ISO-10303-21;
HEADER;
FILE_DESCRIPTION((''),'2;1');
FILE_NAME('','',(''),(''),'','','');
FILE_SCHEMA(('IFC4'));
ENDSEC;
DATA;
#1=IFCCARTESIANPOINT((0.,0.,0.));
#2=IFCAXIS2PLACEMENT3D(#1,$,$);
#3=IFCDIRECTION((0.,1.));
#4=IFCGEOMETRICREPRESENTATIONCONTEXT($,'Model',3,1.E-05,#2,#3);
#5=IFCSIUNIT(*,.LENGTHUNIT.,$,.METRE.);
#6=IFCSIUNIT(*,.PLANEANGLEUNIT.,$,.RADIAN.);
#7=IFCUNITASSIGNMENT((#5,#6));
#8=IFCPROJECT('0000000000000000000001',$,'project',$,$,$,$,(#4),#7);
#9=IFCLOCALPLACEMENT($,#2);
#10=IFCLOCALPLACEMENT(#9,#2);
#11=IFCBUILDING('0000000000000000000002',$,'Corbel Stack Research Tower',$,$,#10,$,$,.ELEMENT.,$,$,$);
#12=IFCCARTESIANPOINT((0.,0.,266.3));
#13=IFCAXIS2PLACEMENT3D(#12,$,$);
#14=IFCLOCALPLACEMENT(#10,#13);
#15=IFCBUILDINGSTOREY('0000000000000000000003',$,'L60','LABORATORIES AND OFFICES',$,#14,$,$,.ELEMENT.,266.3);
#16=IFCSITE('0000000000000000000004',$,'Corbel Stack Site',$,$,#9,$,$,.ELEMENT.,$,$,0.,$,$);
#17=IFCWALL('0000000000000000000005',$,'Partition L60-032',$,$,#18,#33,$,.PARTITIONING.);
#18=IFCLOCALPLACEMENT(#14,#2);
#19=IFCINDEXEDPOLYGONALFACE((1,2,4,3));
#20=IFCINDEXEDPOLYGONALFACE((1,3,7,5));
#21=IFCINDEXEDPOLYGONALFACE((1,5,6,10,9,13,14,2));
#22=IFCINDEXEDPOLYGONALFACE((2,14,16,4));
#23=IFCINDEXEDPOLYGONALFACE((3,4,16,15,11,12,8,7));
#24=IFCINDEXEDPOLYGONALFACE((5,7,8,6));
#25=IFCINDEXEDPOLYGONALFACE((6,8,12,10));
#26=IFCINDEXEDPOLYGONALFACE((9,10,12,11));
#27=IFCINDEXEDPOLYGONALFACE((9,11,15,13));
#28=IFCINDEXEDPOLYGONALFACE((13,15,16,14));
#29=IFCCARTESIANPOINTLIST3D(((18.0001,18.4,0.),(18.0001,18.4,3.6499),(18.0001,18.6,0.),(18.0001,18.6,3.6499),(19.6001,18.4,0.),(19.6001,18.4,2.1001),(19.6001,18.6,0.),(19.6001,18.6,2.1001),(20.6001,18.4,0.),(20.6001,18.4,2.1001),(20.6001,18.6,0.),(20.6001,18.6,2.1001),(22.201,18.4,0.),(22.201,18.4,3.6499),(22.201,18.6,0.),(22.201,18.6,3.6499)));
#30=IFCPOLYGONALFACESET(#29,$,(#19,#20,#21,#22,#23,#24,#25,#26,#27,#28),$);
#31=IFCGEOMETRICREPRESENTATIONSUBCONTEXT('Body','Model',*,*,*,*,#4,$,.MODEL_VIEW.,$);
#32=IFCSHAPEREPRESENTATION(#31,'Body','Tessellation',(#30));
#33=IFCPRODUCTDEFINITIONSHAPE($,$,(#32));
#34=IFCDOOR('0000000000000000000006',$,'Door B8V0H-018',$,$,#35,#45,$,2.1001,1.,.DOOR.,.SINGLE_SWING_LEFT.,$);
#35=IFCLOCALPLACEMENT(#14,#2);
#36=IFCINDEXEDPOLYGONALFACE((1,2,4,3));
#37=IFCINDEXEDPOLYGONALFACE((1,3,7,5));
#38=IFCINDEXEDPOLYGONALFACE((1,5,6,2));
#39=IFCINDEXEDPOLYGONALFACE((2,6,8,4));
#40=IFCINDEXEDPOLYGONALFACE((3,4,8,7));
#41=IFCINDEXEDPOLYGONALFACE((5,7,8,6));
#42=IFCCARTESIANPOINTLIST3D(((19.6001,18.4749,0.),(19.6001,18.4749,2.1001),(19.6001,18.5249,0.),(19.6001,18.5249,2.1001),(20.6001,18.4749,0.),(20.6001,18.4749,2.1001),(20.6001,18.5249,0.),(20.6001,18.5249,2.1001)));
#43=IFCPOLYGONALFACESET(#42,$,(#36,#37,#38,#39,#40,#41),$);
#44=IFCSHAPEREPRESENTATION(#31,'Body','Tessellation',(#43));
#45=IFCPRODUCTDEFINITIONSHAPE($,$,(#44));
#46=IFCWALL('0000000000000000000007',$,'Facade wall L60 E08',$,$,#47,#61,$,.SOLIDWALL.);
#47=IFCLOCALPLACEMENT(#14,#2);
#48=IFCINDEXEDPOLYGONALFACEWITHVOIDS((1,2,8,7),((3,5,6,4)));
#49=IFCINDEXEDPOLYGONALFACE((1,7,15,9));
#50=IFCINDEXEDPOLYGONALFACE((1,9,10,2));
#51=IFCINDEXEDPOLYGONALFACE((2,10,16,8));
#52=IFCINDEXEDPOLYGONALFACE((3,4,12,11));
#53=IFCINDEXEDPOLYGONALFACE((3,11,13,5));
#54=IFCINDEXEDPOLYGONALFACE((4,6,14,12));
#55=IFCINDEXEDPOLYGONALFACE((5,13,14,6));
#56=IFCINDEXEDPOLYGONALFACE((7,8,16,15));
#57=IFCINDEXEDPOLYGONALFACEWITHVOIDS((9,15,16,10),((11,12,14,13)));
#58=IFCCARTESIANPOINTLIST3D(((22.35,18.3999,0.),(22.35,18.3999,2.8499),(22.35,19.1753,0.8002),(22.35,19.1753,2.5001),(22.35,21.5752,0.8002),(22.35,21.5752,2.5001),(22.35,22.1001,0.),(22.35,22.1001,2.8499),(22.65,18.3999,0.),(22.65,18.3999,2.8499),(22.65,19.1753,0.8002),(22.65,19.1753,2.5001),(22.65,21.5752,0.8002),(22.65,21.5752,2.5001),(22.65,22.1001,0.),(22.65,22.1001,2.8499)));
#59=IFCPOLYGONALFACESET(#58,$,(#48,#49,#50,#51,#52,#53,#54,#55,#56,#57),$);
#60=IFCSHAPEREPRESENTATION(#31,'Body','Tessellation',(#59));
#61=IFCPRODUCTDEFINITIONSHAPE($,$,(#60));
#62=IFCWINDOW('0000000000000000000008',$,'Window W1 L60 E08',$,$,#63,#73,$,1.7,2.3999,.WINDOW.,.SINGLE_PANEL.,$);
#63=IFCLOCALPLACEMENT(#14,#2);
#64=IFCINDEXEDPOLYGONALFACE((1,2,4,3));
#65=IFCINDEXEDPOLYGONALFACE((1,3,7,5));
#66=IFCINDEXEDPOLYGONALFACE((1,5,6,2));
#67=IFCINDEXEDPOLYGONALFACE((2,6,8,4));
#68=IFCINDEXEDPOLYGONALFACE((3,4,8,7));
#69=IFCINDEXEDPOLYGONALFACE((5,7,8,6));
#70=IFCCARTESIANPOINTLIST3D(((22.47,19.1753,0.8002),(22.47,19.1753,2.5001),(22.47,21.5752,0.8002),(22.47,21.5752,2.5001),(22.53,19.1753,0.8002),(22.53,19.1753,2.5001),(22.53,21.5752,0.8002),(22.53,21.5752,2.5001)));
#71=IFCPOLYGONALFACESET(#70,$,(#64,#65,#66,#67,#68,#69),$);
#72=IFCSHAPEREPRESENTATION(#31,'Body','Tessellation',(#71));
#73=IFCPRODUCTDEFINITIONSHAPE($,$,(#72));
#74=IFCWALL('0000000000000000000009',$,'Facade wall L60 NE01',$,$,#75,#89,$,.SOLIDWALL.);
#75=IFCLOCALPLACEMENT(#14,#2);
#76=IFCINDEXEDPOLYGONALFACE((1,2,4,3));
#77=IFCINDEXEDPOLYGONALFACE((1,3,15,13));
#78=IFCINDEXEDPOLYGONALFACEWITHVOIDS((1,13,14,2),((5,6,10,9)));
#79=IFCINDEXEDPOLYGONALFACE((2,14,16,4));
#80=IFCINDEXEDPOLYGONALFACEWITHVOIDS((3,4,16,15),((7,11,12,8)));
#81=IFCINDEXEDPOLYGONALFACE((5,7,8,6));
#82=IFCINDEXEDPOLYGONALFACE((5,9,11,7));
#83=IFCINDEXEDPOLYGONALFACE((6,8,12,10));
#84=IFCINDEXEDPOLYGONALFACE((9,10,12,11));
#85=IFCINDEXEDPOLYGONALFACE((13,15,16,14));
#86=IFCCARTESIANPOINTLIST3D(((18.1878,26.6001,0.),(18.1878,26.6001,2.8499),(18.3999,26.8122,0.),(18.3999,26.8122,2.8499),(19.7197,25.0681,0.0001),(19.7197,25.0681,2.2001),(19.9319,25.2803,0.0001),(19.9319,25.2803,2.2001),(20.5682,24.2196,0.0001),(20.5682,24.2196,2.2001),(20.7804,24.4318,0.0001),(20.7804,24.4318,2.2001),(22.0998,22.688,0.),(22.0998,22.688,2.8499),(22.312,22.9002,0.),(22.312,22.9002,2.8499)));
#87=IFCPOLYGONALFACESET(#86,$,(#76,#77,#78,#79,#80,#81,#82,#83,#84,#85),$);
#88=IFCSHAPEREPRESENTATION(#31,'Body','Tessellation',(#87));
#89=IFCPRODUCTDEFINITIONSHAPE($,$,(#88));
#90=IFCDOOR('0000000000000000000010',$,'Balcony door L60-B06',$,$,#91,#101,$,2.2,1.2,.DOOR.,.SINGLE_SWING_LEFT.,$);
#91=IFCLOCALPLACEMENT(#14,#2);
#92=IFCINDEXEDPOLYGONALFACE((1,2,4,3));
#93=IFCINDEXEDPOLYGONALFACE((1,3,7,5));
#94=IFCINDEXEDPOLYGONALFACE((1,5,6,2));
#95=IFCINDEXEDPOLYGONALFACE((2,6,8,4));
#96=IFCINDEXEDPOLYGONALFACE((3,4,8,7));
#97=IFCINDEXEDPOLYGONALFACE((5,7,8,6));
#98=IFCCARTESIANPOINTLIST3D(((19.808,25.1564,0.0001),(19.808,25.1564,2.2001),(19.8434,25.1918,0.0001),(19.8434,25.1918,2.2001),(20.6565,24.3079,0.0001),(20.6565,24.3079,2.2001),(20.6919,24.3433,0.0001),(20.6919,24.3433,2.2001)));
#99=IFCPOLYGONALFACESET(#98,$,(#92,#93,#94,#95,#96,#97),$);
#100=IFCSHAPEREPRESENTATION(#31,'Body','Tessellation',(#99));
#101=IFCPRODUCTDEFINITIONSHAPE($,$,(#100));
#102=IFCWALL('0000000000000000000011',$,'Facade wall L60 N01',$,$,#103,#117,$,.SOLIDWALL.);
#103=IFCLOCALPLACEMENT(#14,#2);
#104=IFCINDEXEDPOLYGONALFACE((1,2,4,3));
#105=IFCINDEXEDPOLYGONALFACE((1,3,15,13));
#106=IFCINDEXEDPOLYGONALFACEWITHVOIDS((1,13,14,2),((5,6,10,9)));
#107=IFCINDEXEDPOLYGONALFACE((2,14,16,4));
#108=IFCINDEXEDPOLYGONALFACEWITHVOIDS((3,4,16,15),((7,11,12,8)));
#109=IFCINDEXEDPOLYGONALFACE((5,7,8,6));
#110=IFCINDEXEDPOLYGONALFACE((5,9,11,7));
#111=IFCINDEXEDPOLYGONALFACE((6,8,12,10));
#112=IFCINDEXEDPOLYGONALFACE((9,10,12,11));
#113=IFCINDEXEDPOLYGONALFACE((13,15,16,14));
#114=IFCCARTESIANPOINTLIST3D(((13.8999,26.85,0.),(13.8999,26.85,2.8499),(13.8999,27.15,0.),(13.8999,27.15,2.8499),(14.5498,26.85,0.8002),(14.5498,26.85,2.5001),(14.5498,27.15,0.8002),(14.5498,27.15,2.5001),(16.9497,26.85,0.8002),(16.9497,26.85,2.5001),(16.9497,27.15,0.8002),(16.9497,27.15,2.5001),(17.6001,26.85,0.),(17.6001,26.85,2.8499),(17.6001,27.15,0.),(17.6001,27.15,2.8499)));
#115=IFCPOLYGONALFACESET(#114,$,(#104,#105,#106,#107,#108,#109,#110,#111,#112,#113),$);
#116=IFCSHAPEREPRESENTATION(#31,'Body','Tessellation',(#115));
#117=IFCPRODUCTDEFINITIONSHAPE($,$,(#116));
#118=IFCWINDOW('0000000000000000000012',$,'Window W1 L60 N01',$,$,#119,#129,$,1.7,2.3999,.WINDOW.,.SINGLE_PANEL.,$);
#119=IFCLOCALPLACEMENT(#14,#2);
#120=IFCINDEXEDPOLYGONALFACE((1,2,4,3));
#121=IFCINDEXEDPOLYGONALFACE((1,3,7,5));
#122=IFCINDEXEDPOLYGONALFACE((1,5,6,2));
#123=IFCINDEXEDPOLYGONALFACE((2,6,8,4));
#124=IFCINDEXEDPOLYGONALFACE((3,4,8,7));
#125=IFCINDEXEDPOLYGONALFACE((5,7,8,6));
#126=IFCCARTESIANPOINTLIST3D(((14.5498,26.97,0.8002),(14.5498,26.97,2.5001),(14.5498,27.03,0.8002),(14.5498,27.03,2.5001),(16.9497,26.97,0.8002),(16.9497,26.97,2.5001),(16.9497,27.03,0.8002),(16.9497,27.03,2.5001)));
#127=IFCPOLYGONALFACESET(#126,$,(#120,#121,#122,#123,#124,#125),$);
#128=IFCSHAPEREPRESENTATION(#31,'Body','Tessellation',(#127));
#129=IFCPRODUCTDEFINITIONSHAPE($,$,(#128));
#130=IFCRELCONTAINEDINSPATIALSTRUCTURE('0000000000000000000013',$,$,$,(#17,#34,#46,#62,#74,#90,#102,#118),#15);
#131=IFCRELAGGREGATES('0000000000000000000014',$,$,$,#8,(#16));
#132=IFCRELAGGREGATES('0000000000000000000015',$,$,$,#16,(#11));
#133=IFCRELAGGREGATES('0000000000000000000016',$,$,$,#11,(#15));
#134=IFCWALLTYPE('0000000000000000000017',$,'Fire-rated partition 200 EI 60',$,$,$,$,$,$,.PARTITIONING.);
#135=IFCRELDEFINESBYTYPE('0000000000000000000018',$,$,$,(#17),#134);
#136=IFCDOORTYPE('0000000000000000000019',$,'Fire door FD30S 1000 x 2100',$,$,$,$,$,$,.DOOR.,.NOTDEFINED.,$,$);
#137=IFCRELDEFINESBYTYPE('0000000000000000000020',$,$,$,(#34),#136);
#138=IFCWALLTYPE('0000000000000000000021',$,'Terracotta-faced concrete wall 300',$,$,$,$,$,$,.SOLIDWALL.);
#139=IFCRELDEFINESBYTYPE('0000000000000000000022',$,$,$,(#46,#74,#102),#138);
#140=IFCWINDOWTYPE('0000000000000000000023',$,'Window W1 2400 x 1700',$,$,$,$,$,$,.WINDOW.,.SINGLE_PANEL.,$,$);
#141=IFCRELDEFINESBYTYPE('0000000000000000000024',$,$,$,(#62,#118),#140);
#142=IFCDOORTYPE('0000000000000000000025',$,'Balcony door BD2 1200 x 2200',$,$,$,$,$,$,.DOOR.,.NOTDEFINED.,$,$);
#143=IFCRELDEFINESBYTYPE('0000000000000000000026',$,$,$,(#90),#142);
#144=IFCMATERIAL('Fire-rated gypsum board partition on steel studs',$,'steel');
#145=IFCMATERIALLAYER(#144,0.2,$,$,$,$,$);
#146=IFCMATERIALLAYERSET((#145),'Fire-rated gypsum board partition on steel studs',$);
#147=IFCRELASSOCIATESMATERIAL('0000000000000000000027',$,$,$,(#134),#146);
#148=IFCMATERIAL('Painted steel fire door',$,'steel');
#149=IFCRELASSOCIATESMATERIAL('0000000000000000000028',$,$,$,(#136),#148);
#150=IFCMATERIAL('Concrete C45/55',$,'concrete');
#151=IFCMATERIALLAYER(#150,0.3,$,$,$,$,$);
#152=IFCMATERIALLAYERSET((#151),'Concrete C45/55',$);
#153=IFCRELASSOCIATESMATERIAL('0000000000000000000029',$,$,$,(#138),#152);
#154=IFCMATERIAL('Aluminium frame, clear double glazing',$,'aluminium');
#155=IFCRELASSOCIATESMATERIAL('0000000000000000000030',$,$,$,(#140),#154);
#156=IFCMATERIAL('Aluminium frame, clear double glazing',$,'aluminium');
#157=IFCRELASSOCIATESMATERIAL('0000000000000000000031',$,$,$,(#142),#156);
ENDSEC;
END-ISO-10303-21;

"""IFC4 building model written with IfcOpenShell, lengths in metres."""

from ifc_helpers import new_model, si_unit, direction, frame, frame_2d, origin, place, context, subcontext, project, spatial, rectangle, extrude, material, layer, layer_set, type_object, element, fill, save


model = new_model("IFC4")

# Units and contexts
model_context = context("Model", 3, precision=1e-05, world=origin(), true_north=direction((0.0, 1.0)))
body_context = subcontext(model_context, "Body", "Model", "MODEL_VIEW")
ifc_project = project(units=[si_unit("LENGTHUNIT", "METRE"), si_unit("PLANEANGLEUNIT", "RADIAN")], contexts=[model_context])

# Site, building, storey
site_placement = place(None, origin())
site = spatial("IfcSite", under=ifc_project, at=site_placement, Name="Corbel Stack Site", CompositionType="ELEMENT", RefElevation=0.0)
building_placement = place(site_placement, origin())
building = spatial("IfcBuilding", under=site, at=building_placement, Name="Corbel Stack Research Tower", CompositionType="ELEMENT")
storey_placement = place(building_placement, frame((0.0, 0.0, 266.3)))
storey = spatial("IfcBuildingStorey", under=building, at=storey_placement, Name="L60", Description="LABORATORIES AND OFFICES", CompositionType="ELEMENT", Elevation=266.3)

# Shared definitions
ifc_material_1 = material(Name="Fire-rated gypsum board partition on steel studs", Category="steel")
ifc_layer_1 = layer(ifc_material_1, 0.2)
ifc_layer_set_1 = layer_set([ifc_layer_1], Name="Fire-rated gypsum board partition on steel studs")
wall_type_1 = type_object("IfcWallType", Name="Fire-rated partition 200 EI 60", PredefinedType="PARTITIONING", material=ifc_layer_set_1)

# Wall, opening, door
wall_1_placement = place(storey_placement, frame((18.0, 18.5, 0.0), z_axis=(0.0, 0.0, 1.0), x_axis=(1.0, 0.0, 0.0)))
wall_1 = element("IfcWall", 1, at=wall_1_placement, inside=storey, type_object=wall_type_1, Name="Partition L60-032", PredefinedType="PARTITIONING", context=body_context, shape_type="SweptSolid", body=[
    extrude(rectangle(XDim=4.2009, YDim=0.2, at=frame_2d((2.1006, 0.0))), origin(), (0.0, 0.0, 1.0), 3.6499),
])
opening_1_placement = place(wall_1_placement, frame((1.6001, 0.0, 0.0)))
opening_1 = element("IfcOpeningElement", 2, at=opening_1_placement, cuts=wall_1, PredefinedType="OPENING", context=body_context, shape_type="SweptSolid", body=[
    extrude(rectangle(XDim=1.0, YDim=2.1001, at=frame_2d((0.5, 1.05))), frame((0.0, 0.1099, 0.0), z_axis=(0.0, -1.0, 0.0), x_axis=(1.0, 0.0, 0.0)), (0.0, 0.0, 1.0), 0.22),
])
ifc_material_2 = material(Name="Painted steel fire door", Category="steel")
door_type_1 = type_object("IfcDoorType", Name="Fire door FD30S 1000 x 2100", OperationType="NOTDEFINED", PredefinedType="DOOR", material=ifc_material_2)
door_1_placement = place(opening_1_placement, origin())
door_1 = element("IfcDoor", 3, at=door_1_placement, inside=storey, type_object=door_type_1, Name="Door B8V0H-018", OperationType="SINGLE_SWING_LEFT", OverallHeight=2.1001, OverallWidth=1.0, PredefinedType="DOOR", context=body_context, shape_type="SweptSolid", body=[
    extrude(rectangle(XDim=1.0, YDim=2.1001, at=frame_2d((0.5, 1.05))), frame((0.0, 0.0249, 0.0), z_axis=(0.0, -1.0, 0.0), x_axis=(1.0, 0.0, 0.0)), (0.0, 0.0, 1.0), 0.05),
])
fill(opening_1, door_1)

# Wall, opening, window
ifc_material_3 = material(Name="Concrete C45/55", Category="concrete")
ifc_layer_2 = layer(ifc_material_3, 0.3)
ifc_layer_set_2 = layer_set([ifc_layer_2], Name="Concrete C45/55")
wall_type_2 = type_object("IfcWallType", Name="Terracotta-faced concrete wall 300", PredefinedType="SOLIDWALL", material=ifc_layer_set_2)
wall_2_placement = place(storey_placement, frame((22.5, 22.1001, 0.0), z_axis=(0.0, 0.0, 1.0), x_axis=(0.0, -1.0, 0.0)))
wall_2 = element("IfcWall", 4, at=wall_2_placement, inside=storey, type_object=wall_type_2, Name="Facade wall L60 E08", PredefinedType="SOLIDWALL", context=body_context, shape_type="SweptSolid", body=[
    extrude(rectangle(XDim=3.7002, YDim=0.3, at=frame_2d((1.8501, 0.0))), origin(), (0.0, 0.0, 1.0), 2.8499),
])
opening_2_placement = place(wall_2_placement, frame((0.5249, 0.0, 0.8)))
opening_2 = element("IfcOpeningElement", 5, at=opening_2_placement, cuts=wall_2, PredefinedType="OPENING", context=body_context, shape_type="SweptSolid", body=[
    extrude(rectangle(XDim=2.3999, YDim=1.7, at=frame_2d((1.2, 0.8501))), frame((0.0, 0.1599, 0.0), z_axis=(0.0, -1.0, 0.0), x_axis=(1.0, 0.0, 0.0)), (0.0, 0.0, 1.0), 0.3201),
])
ifc_material_4 = material(Name="Aluminium frame, clear double glazing", Category="aluminium")
window_type = type_object("IfcWindowType", Name="Window W1 2400 x 1700", PartitioningType="SINGLE_PANEL", PredefinedType="WINDOW", material=ifc_material_4)
window_1_placement = place(opening_2_placement, origin())
window_1 = element("IfcWindow", 6, at=window_1_placement, inside=storey, type_object=window_type, Name="Window W1 L60 E08", OverallHeight=1.7, OverallWidth=2.3999, PartitioningType="SINGLE_PANEL", PredefinedType="WINDOW", context=body_context, shape_type="SweptSolid", body=[
    extrude(rectangle(XDim=2.3999, YDim=1.7, at=frame_2d((1.2, 0.8501))), frame((0.0, 0.03, 0.0), z_axis=(0.0, -1.0, 0.0), x_axis=(1.0, 0.0, 0.0)), (0.0, 0.0, 1.0), 0.0601),
])
fill(opening_2, window_1)

# Wall, opening, door
wall_3_placement = place(storey_placement, frame((18.2939, 26.7061, 0.0), z_axis=(0.0, 0.0, 1.0), x_axis=(0.707107, -0.707107, 0.0)))
wall_3 = element("IfcWall", 7, at=wall_3_placement, inside=storey, type_object=wall_type_2, Name="Facade wall L60 NE01", PredefinedType="SOLIDWALL", context=body_context, shape_type="SweptSolid", body=[
    extrude(rectangle(XDim=5.5325, YDim=0.3, at=frame_2d((2.7661, 0.0))), origin(), (0.0, 0.0, 1.0), 2.8499),
])
opening_3_placement = place(wall_3_placement, frame((2.1663, 0.0, 0.0)))
opening_3 = element("IfcOpeningElement", 8, at=opening_3_placement, cuts=wall_3, PredefinedType="OPENING", context=body_context, shape_type="SweptSolid", body=[
    extrude(rectangle(XDim=1.2, YDim=2.2, at=frame_2d((0.6001, 1.1001))), frame((0.0, 0.1599, 0.0), z_axis=(0.0, -1.0, 0.0), x_axis=(1.0, 0.0, 0.0)), (0.0, 0.0, 1.0), 0.3201),
])
ifc_material_5 = material(Name="Aluminium frame, clear double glazing", Category="aluminium")
door_type_2 = type_object("IfcDoorType", Name="Balcony door BD2 1200 x 2200", OperationType="NOTDEFINED", PredefinedType="DOOR", material=ifc_material_5)
door_2_placement = place(opening_3_placement, origin())
door_2 = element("IfcDoor", 9, at=door_2_placement, inside=storey, type_object=door_type_2, Name="Balcony door L60-B06", OperationType="SINGLE_SWING_LEFT", OverallHeight=2.2, OverallWidth=1.2, PredefinedType="DOOR", context=body_context, shape_type="SweptSolid", body=[
    extrude(rectangle(XDim=1.2, YDim=2.2, at=frame_2d((0.6001, 1.1001))), frame((0.0, 0.0249, 0.0), z_axis=(0.0, -1.0, 0.0), x_axis=(1.0, 0.0, 0.0)), (0.0, 0.0, 1.0), 0.05),
])
fill(opening_3, door_2)

# Wall, opening, window
wall_4_placement = place(storey_placement, frame((13.8999, 27.0, 0.0), z_axis=(0.0, 0.0, 1.0), x_axis=(1.0, 0.0, 0.0)))
wall_4 = element("IfcWall", 10, at=wall_4_placement, inside=storey, type_object=wall_type_2, Name="Facade wall L60 N01", PredefinedType="SOLIDWALL", context=body_context, shape_type="SweptSolid", body=[
    extrude(rectangle(XDim=3.7002, YDim=0.3, at=frame_2d((1.8501, 0.0))), origin(), (0.0, 0.0, 1.0), 2.8499),
])
opening_4_placement = place(wall_4_placement, frame((0.6499, 0.0, 0.8)))
opening_4 = element("IfcOpeningElement", 11, at=opening_4_placement, cuts=wall_4, PredefinedType="OPENING", context=body_context, shape_type="SweptSolid", body=[
    extrude(rectangle(XDim=2.3999, YDim=1.7, at=frame_2d((1.2, 0.8501))), frame((0.0, 0.1599, 0.0), z_axis=(0.0, -1.0, 0.0), x_axis=(1.0, 0.0, 0.0)), (0.0, 0.0, 1.0), 0.3201),
])
window_2_placement = place(opening_4_placement, origin())
window_2 = element("IfcWindow", 12, at=window_2_placement, inside=storey, type_object=window_type, Name="Window W1 L60 N01", OverallHeight=1.7, OverallWidth=2.3999, PartitioningType="SINGLE_PANEL", PredefinedType="WINDOW", context=body_context, shape_type="SweptSolid", body=[
    extrude(rectangle(XDim=2.3999, YDim=1.7, at=frame_2d((1.2, 0.8501))), frame((0.0, 0.03, 0.0), z_axis=(0.0, -1.0, 0.0), x_axis=(1.0, 0.0, 0.0)), (0.0, 0.0, 1.0), 0.0601),
])
fill(opening_4, window_2)

save(model, "model.ifc")
